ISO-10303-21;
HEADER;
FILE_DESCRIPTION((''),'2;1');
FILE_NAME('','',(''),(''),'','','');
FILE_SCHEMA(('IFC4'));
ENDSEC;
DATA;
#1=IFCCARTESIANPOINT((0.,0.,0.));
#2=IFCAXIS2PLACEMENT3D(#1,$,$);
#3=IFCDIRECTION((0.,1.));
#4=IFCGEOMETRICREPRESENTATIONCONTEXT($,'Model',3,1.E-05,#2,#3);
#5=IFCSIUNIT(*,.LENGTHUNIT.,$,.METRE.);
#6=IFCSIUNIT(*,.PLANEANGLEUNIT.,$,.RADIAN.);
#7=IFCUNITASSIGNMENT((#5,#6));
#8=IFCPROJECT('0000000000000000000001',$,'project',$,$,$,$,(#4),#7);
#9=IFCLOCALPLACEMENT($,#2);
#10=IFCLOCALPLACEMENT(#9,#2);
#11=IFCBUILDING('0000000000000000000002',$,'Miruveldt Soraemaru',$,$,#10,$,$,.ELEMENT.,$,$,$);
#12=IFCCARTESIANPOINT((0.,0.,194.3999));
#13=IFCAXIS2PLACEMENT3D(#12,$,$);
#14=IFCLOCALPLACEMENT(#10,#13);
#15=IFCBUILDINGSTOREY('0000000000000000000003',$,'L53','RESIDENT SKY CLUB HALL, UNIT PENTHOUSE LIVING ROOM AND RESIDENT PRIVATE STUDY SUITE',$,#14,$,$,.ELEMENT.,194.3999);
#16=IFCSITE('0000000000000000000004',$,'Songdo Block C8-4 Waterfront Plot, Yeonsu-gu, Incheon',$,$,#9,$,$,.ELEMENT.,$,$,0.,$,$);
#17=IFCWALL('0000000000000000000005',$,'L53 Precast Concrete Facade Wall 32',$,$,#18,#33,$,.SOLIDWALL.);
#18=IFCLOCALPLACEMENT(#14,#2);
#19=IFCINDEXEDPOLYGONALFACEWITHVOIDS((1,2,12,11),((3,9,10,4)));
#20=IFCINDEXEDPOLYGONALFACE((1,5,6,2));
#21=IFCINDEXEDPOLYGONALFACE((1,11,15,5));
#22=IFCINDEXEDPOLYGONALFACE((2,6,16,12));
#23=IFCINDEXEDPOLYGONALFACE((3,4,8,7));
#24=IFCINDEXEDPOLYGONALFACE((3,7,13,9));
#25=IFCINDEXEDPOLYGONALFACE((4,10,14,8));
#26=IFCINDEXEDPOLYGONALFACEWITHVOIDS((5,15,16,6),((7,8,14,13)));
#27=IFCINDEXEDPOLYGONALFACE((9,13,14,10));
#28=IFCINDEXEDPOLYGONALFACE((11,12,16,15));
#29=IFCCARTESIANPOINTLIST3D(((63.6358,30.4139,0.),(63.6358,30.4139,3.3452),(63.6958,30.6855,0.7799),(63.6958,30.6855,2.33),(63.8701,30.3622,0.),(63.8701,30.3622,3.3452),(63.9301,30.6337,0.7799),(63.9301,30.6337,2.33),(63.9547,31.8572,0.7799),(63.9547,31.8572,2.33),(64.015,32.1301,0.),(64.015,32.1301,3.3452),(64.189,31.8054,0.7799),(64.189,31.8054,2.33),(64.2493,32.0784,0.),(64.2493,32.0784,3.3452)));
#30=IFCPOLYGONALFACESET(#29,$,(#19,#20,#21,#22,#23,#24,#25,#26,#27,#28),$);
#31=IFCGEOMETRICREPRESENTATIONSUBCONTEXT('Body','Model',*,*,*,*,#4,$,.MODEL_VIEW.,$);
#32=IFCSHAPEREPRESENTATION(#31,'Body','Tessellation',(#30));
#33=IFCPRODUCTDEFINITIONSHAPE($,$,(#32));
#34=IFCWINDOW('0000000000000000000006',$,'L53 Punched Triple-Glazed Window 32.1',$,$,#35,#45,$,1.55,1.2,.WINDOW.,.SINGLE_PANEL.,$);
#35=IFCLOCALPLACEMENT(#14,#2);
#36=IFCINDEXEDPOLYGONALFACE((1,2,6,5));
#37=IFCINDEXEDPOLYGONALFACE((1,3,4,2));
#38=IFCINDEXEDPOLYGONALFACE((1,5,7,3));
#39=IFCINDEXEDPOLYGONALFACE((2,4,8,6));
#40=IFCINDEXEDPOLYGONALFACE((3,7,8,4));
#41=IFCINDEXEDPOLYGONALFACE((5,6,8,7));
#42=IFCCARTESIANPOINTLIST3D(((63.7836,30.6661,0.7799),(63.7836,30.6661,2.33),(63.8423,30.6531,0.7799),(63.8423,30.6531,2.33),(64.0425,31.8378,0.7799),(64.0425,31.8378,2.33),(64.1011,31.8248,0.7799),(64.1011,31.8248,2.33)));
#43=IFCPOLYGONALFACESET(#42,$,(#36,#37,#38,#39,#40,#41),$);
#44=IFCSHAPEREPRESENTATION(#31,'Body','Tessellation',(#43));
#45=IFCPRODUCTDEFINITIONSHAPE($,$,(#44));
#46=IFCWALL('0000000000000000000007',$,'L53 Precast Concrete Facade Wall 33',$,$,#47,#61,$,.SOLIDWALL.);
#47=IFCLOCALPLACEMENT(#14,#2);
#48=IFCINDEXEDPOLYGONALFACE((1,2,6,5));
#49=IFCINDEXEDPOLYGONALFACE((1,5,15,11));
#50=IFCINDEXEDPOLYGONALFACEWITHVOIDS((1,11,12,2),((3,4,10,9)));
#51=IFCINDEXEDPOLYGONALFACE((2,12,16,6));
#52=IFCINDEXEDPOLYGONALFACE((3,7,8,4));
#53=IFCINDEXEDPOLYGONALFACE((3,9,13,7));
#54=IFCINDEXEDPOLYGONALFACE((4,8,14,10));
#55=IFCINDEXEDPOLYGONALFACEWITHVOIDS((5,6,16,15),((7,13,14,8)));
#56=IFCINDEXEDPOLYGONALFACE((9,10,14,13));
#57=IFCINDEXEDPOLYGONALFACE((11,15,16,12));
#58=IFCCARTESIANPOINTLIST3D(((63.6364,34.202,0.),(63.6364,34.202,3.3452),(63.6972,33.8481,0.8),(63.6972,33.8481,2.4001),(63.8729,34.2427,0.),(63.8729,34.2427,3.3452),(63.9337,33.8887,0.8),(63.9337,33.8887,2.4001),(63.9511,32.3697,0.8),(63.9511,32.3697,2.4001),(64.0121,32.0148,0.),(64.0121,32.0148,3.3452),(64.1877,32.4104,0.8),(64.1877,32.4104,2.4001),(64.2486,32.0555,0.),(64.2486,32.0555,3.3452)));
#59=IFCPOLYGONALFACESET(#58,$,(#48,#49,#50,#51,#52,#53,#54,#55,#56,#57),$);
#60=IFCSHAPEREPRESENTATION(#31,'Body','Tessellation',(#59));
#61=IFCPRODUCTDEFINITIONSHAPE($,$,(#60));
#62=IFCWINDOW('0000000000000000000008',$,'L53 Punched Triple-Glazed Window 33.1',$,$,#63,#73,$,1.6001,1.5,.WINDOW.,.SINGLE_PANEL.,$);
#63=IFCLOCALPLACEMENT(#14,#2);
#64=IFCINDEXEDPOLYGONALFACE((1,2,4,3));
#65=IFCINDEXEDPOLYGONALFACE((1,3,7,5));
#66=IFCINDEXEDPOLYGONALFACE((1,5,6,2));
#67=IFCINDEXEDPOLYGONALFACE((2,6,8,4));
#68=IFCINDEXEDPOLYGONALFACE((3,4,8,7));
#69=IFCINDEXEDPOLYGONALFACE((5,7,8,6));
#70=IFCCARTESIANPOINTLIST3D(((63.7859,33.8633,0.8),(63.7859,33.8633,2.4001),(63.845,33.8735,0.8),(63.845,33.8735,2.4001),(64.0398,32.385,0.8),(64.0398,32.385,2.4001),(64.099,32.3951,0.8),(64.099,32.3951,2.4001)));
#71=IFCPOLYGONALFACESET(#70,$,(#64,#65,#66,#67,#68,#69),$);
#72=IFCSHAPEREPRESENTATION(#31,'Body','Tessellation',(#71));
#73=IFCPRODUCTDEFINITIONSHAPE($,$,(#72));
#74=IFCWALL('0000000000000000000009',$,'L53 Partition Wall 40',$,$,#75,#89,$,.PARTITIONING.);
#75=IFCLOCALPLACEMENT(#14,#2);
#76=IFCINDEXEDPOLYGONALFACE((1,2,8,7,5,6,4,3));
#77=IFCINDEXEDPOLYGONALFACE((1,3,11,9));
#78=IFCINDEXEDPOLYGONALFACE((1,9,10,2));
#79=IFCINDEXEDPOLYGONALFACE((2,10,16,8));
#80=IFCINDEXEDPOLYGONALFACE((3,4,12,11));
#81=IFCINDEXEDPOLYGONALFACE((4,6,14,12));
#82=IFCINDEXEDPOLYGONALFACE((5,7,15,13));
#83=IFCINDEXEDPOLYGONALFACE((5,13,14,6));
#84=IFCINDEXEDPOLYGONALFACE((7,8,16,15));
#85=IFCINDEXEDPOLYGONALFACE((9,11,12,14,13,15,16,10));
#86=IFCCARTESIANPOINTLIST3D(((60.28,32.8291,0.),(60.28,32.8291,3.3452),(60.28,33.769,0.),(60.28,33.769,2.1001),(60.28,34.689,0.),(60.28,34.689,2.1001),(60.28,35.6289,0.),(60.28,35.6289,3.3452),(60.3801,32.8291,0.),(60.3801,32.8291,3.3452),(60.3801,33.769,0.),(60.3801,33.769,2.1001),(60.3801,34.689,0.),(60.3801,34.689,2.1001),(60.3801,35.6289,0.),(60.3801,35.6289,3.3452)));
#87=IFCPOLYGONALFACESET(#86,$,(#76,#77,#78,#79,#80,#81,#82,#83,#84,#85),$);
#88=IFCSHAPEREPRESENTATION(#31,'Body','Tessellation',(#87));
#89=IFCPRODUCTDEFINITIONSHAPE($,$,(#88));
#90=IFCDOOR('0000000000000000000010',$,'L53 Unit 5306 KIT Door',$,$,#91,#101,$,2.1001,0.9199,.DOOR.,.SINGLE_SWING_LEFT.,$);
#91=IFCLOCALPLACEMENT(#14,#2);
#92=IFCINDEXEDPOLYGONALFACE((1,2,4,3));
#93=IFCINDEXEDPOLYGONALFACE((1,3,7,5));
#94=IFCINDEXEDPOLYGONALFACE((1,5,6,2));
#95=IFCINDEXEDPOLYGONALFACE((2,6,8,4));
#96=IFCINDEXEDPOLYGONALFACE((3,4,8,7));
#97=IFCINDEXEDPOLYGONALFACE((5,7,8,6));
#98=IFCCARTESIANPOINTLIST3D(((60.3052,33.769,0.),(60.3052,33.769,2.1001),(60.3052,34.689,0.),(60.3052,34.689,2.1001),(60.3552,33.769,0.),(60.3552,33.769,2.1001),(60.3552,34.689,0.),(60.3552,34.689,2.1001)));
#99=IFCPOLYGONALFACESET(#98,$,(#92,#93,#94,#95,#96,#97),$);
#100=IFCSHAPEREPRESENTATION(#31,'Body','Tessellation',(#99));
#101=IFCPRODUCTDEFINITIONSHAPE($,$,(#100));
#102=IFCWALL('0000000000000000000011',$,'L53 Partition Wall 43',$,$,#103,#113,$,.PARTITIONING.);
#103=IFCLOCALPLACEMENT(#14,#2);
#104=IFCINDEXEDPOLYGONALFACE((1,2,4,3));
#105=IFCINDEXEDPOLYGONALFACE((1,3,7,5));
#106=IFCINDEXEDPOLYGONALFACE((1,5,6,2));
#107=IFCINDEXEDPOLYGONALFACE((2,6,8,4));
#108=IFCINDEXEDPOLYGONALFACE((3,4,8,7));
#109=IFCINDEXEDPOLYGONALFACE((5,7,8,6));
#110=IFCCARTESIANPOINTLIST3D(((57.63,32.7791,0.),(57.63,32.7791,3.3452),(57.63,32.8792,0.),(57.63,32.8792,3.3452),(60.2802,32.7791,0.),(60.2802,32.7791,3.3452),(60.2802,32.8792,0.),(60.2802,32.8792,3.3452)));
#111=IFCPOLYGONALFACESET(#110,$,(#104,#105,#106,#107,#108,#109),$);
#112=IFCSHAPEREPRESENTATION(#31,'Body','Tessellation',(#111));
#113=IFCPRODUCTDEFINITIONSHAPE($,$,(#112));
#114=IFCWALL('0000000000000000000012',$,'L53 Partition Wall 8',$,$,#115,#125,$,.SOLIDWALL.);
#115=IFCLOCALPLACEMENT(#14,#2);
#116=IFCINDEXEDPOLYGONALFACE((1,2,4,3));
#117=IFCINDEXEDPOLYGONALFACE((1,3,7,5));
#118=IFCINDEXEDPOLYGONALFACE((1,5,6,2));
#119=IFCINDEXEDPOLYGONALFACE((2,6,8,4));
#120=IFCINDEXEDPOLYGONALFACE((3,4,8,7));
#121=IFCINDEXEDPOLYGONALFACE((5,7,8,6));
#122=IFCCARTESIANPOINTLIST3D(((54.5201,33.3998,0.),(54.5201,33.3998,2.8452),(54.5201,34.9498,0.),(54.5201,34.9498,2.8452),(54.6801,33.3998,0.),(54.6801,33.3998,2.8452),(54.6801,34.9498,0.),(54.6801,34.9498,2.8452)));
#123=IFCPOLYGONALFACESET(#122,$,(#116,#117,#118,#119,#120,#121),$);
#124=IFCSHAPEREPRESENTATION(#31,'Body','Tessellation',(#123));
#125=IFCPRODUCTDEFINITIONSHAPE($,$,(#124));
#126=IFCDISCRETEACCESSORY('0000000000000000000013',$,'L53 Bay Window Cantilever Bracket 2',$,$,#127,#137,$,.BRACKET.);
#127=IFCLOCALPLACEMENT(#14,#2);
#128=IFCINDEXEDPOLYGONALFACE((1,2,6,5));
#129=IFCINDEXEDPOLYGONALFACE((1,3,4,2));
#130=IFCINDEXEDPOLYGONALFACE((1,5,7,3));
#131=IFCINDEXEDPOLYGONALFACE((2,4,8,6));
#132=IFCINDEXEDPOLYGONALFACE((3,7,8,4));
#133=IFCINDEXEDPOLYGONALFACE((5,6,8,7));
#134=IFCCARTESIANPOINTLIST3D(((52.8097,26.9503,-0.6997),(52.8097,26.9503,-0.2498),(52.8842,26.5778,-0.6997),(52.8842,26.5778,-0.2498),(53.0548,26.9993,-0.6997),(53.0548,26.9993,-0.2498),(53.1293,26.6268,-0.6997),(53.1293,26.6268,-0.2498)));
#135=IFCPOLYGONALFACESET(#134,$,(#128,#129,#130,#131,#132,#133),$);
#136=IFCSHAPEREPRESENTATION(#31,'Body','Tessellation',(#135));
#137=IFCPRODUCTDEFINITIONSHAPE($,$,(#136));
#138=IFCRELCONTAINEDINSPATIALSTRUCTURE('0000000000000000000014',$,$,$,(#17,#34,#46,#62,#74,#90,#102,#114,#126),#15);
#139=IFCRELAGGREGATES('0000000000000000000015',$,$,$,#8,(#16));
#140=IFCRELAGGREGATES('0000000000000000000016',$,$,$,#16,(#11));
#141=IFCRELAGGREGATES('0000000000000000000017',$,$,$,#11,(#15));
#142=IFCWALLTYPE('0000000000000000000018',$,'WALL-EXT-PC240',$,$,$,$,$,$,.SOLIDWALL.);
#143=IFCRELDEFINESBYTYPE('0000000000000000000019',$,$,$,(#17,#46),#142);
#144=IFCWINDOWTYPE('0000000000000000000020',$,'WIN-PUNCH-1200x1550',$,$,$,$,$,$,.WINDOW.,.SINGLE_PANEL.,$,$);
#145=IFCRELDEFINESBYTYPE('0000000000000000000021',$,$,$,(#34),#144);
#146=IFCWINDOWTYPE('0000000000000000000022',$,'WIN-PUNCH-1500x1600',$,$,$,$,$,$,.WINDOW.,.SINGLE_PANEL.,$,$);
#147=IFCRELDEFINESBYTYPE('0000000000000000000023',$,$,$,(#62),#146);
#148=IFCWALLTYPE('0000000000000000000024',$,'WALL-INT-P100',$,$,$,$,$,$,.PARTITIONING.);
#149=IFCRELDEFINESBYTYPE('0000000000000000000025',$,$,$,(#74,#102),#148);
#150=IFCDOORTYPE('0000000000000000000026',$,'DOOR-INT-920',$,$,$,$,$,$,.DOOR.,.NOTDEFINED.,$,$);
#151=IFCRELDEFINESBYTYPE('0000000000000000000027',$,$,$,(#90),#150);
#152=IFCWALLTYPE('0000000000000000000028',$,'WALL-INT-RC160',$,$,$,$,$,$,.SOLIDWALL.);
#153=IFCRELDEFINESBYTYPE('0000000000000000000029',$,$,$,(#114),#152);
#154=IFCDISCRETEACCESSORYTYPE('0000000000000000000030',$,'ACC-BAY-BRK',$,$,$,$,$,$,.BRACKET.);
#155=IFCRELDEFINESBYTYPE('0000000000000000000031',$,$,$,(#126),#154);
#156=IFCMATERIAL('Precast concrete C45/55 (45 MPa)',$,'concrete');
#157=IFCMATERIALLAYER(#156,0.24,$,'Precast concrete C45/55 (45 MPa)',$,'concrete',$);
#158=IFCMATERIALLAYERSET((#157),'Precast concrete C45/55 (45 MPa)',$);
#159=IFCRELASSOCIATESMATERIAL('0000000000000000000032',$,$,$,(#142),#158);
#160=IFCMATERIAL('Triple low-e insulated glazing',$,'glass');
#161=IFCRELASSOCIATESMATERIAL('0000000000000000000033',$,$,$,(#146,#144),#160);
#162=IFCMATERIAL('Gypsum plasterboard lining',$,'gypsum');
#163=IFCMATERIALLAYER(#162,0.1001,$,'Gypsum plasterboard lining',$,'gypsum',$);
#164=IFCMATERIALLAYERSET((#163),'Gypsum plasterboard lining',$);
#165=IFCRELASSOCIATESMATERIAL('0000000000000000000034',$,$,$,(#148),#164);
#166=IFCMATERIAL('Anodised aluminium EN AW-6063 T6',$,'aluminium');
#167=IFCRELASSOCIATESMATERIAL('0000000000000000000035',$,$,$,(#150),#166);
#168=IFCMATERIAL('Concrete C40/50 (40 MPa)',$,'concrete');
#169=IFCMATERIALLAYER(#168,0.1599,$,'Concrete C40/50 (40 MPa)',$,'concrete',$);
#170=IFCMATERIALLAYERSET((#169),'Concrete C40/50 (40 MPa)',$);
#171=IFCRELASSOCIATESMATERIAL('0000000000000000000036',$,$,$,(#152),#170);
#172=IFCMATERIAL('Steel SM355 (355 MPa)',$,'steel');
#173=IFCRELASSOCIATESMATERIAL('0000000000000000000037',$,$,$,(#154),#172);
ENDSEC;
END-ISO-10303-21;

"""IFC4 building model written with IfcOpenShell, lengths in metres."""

from ifc_helpers import new_model, si_unit, direction, frame, frame_2d, origin, origin_2d, place, context, subcontext, project, spatial, rectangle, extrude, material, layer, layer_set, type_object, element, fill, save


model = new_model("IFC4")

# Units and contexts
model_context = context("Model", 3, precision=1e-05, world=origin(), true_north=direction((0.0, 1.0)))
body_context = subcontext(model_context, "Body", "Model", "MODEL_VIEW")
ifc_project = project(units=[si_unit("LENGTHUNIT", "METRE"), si_unit("PLANEANGLEUNIT", "RADIAN")], contexts=[model_context])

# Site, building, storey
site_placement = place(None, origin())
site = spatial("IfcSite", under=ifc_project, at=site_placement, Name="Songdo Block C8-4 Waterfront Plot, Yeonsu-gu, Incheon", CompositionType="ELEMENT", RefElevation=0.0)
building_placement = place(site_placement, origin())
building = spatial("IfcBuilding", under=site, at=building_placement, Name="Miruveldt Soraemaru", CompositionType="ELEMENT")
storey_placement = place(building_placement, frame((0.0, 0.0, 194.3999)))
storey = spatial("IfcBuildingStorey", under=building, at=storey_placement, Name="L53", Description="RESIDENT SKY CLUB HALL, UNIT PENTHOUSE LIVING ROOM AND RESIDENT PRIVATE STUDY SUITE", CompositionType="ELEMENT", Elevation=194.3999)

# Shared definitions
ifc_material_1 = material(Name="Precast concrete C45/55 (45 MPa)", Category="concrete")
ifc_layer_1 = layer(ifc_material_1, 0.24, Name="Precast concrete C45/55 (45 MPa)", Category="concrete")
ifc_layer_set_1 = layer_set([ifc_layer_1], Name="Precast concrete C45/55 (45 MPa)")
wall_type_1 = type_object("IfcWallType", Name="WALL-EXT-PC240", PredefinedType="SOLIDWALL", material=ifc_layer_set_1)

# Walls, openings, windows
ifc_material_2 = material(Name="Triple low-e insulated glazing", Category="glass")
window_type_1 = type_object("IfcWindowType", Name="WIN-PUNCH-1500x1600", PartitioningType="SINGLE_PANEL", PredefinedType="WINDOW", material=ifc_material_2)
window_type_2 = type_object("IfcWindowType", Name="WIN-PUNCH-1200x1550", PartitioningType="SINGLE_PANEL", PredefinedType="WINDOW", material=ifc_material_2)
wall_1_placement = place(storey_placement, frame((63.7529, 30.3879, 0.0), z_axis=(0.0, 0.0, 1.0), x_axis=(0.215739, 0.976451, 0.0)))
wall_1 = element("IfcWall", 1, at=wall_1_placement, inside=storey, type_object=wall_type_1, Name="L53 Precast Concrete Facade Wall 32", PredefinedType="SOLIDWALL", context=body_context, shape_type="SweptSolid", body=[
    extrude(rectangle(XDim=1.7576, YDim=0.24, at=frame_2d((0.8789, 0.0))), origin(), (0.0, 0.0, 1.0), 3.3452),
])
opening_1_placement = place(wall_1_placement, frame((0.2781, 0.0, 0.78)))
opening_1 = element("IfcOpeningElement", 2, at=opening_1_placement, cuts=wall_1, PredefinedType="OPENING", context=body_context, shape_type="SweptSolid", body=[
    extrude(rectangle(XDim=1.2, YDim=1.55, at=frame_2d((0.6001, 0.7749))), frame((0.0, 0.1299, 0.0), z_axis=(0.0, -1.0, 0.0), x_axis=(1.0, 0.0, 0.0)), (0.0, 0.0, 1.0), 0.26),
])
window_1_placement = place(opening_1_placement, origin())
window_1 = element("IfcWindow", 3, at=window_1_placement, inside=storey, type_object=window_type_2, Name="L53 Punched Triple-Glazed Window 32.1", OverallHeight=1.55, OverallWidth=1.2, PartitioningType="SINGLE_PANEL", PredefinedType="WINDOW", context=body_context, shape_type="SweptSolid", body=[
    extrude(rectangle(XDim=1.2, YDim=1.55, at=frame_2d((0.6001, 0.7749))), frame((0.0, 0.03, 0.0), z_axis=(0.0, -1.0, 0.0), x_axis=(1.0, 0.0, 0.0)), (0.0, 0.0, 1.0), 0.0601),
])
fill(opening_1, window_1)
wall_2_placement = place(storey_placement, frame((64.1304, 32.0352, 0.0), z_axis=(0.0, 0.0, 1.0), x_axis=(-0.169303, 0.985564, 0.0)))
wall_2 = element("IfcWall", 4, at=wall_2_placement, inside=storey, type_object=wall_type_1, Name="L53 Precast Concrete Facade Wall 33", PredefinedType="SOLIDWALL", context=body_context, shape_type="SweptSolid", body=[
    extrude(rectangle(XDim=2.2192, YDim=0.24, at=frame_2d((1.1096, 0.0))), origin(), (0.0, 0.0, 1.0), 3.3452),
])
opening_2_placement = place(wall_2_placement, frame((0.3601, 0.0, 0.8)))
opening_2 = element("IfcOpeningElement", 5, at=opening_2_placement, cuts=wall_2, PredefinedType="OPENING", context=body_context, shape_type="SweptSolid", body=[
    extrude(rectangle(XDim=1.5, YDim=1.6001, at=frame_2d((0.75, 0.8))), frame((0.0, 0.1299, 0.0), z_axis=(0.0, -1.0, 0.0), x_axis=(1.0, 0.0, 0.0)), (0.0, 0.0, 1.0), 0.26),
])
window_2_placement = place(opening_2_placement, origin())
window_2 = element("IfcWindow", 6, at=window_2_placement, inside=storey, type_object=window_type_1, Name="L53 Punched Triple-Glazed Window 33.1", OverallHeight=1.6001, OverallWidth=1.5, PartitioningType="SINGLE_PANEL", PredefinedType="WINDOW", context=body_context, shape_type="SweptSolid", body=[
    extrude(rectangle(XDim=1.5, YDim=1.6001, at=frame_2d((0.75, 0.8))), frame((0.0, 0.03, 0.0), z_axis=(0.0, -1.0, 0.0), x_axis=(1.0, 0.0, 0.0)), (0.0, 0.0, 1.0), 0.0601),
])
fill(opening_2, window_2)

# Wall, opening, door
ifc_material_3 = material(Name="Gypsum plasterboard lining", Category="gypsum")
ifc_layer_2 = layer(ifc_material_3, 0.1001, Name="Gypsum plasterboard lining", Category="gypsum")
ifc_layer_set_2 = layer_set([ifc_layer_2], Name="Gypsum plasterboard lining")
wall_type_2 = type_object("IfcWallType", Name="WALL-INT-P100", PredefinedType="PARTITIONING", material=ifc_layer_set_2)
wall_3_placement = place(storey_placement, frame((60.3301, 32.8291, 0.0), z_axis=(0.0, 0.0, 1.0), x_axis=(0.0, 1.0, 0.0)))
wall_3 = element("IfcWall", 7, at=wall_3_placement, inside=storey, type_object=wall_type_2, Name="L53 Partition Wall 40", PredefinedType="PARTITIONING", context=body_context, shape_type="SweptSolid", body=[
    extrude(rectangle(XDim=2.7998, YDim=0.1001, at=frame_2d((1.3999, 0.0))), origin(), (0.0, 0.0, 1.0), 3.3452),
])
opening_3_placement = place(wall_3_placement, frame((0.9399, 0.0, 0.0)))
opening_3 = element("IfcOpeningElement", 8, at=opening_3_placement, cuts=wall_3, PredefinedType="OPENING", context=body_context, shape_type="SweptSolid", body=[
    extrude(rectangle(XDim=0.9199, YDim=2.1001, at=frame_2d((0.46, 1.05))), frame((0.0, 0.0601, 0.0), z_axis=(0.0, -1.0, 0.0), x_axis=(1.0, 0.0, 0.0)), (0.0, 0.0, 1.0), 0.1201),
])
ifc_material_4 = material(Name="Anodised aluminium EN AW-6063 T6", Category="aluminium")
door_type = type_object("IfcDoorType", Name="DOOR-INT-920", OperationType="NOTDEFINED", PredefinedType="DOOR", material=ifc_material_4)
door_placement = place(opening_3_placement, origin())
door = element("IfcDoor", 9, at=door_placement, inside=storey, type_object=door_type, Name="L53 Unit 5306 KIT Door", OperationType="SINGLE_SWING_LEFT", OverallHeight=2.1001, OverallWidth=0.9199, PredefinedType="DOOR", context=body_context, shape_type="SweptSolid", body=[
    extrude(rectangle(XDim=0.9199, YDim=2.1001, at=frame_2d((0.46, 1.05))), frame((0.0, 0.0249, 0.0), z_axis=(0.0, -1.0, 0.0), x_axis=(1.0, 0.0, 0.0)), (0.0, 0.0, 1.0), 0.05),
])
fill(opening_3, door)

# Walls
wall_4_placement = place(storey_placement, frame((57.6299, 32.8291, 0.0), z_axis=(0.0, 0.0, 1.0), x_axis=(1.0, 0.0, 0.0)))
element("IfcWall", 10, at=wall_4_placement, inside=storey, type_object=wall_type_2, Name="L53 Partition Wall 43", PredefinedType="PARTITIONING", context=body_context, shape_type="SweptSolid", body=[
    extrude(rectangle(XDim=2.6501, YDim=0.1001, at=frame_2d((1.3252, 0.0))), origin(), (0.0, 0.0, 1.0), 3.3452),
])
ifc_material_5 = material(Name="Concrete C40/50 (40 MPa)", Category="concrete")
ifc_layer_3 = layer(ifc_material_5, 0.1599, Name="Concrete C40/50 (40 MPa)", Category="concrete")
ifc_layer_set_3 = layer_set([ifc_layer_3], Name="Concrete C40/50 (40 MPa)")
wall_type_3 = type_object("IfcWallType", Name="WALL-INT-RC160", PredefinedType="SOLIDWALL", material=ifc_layer_set_3)
wall_5_placement = place(storey_placement, frame((54.6001, 33.3999, 0.0), z_axis=(0.0, 0.0, 1.0), x_axis=(0.0, 1.0, 0.0)))
element("IfcWall", 11, at=wall_5_placement, inside=storey, type_object=wall_type_3, Name="L53 Partition Wall 8", PredefinedType="SOLIDWALL", context=body_context, shape_type="SweptSolid", body=[
    extrude(rectangle(XDim=1.55, YDim=0.1599, at=frame_2d((0.7749, 0.0))), origin(), (0.0, 0.0, 1.0), 2.8452),
])

# Discrete accessory
ifc_material_6 = material(Name="Steel SM355 (355 MPa)", Category="steel")
discrete_accessory_type = type_object("IfcDiscreteAccessoryType", Name="ACC-BAY-BRK", PredefinedType="BRACKET", material=ifc_material_6)
discrete_accessory_placement = place(storey_placement, frame((52.9695, 26.7886, -0.6997), z_axis=(0.0, 0.0, 1.0), x_axis=(0.1961, -0.980584, 0.0)))
element("IfcDiscreteAccessory", 12, at=discrete_accessory_placement, inside=storey, type_object=discrete_accessory_type, Name="L53 Bay Window Cantilever Bracket 2", PredefinedType="BRACKET", context=body_context, shape_type="SweptSolid", body=[
    extrude(rectangle(XDim=0.3799, YDim=0.25, at=origin_2d()), origin(), (0.0, 0.0, 1.0), 0.45),
])

save(model, "model.ifc")
